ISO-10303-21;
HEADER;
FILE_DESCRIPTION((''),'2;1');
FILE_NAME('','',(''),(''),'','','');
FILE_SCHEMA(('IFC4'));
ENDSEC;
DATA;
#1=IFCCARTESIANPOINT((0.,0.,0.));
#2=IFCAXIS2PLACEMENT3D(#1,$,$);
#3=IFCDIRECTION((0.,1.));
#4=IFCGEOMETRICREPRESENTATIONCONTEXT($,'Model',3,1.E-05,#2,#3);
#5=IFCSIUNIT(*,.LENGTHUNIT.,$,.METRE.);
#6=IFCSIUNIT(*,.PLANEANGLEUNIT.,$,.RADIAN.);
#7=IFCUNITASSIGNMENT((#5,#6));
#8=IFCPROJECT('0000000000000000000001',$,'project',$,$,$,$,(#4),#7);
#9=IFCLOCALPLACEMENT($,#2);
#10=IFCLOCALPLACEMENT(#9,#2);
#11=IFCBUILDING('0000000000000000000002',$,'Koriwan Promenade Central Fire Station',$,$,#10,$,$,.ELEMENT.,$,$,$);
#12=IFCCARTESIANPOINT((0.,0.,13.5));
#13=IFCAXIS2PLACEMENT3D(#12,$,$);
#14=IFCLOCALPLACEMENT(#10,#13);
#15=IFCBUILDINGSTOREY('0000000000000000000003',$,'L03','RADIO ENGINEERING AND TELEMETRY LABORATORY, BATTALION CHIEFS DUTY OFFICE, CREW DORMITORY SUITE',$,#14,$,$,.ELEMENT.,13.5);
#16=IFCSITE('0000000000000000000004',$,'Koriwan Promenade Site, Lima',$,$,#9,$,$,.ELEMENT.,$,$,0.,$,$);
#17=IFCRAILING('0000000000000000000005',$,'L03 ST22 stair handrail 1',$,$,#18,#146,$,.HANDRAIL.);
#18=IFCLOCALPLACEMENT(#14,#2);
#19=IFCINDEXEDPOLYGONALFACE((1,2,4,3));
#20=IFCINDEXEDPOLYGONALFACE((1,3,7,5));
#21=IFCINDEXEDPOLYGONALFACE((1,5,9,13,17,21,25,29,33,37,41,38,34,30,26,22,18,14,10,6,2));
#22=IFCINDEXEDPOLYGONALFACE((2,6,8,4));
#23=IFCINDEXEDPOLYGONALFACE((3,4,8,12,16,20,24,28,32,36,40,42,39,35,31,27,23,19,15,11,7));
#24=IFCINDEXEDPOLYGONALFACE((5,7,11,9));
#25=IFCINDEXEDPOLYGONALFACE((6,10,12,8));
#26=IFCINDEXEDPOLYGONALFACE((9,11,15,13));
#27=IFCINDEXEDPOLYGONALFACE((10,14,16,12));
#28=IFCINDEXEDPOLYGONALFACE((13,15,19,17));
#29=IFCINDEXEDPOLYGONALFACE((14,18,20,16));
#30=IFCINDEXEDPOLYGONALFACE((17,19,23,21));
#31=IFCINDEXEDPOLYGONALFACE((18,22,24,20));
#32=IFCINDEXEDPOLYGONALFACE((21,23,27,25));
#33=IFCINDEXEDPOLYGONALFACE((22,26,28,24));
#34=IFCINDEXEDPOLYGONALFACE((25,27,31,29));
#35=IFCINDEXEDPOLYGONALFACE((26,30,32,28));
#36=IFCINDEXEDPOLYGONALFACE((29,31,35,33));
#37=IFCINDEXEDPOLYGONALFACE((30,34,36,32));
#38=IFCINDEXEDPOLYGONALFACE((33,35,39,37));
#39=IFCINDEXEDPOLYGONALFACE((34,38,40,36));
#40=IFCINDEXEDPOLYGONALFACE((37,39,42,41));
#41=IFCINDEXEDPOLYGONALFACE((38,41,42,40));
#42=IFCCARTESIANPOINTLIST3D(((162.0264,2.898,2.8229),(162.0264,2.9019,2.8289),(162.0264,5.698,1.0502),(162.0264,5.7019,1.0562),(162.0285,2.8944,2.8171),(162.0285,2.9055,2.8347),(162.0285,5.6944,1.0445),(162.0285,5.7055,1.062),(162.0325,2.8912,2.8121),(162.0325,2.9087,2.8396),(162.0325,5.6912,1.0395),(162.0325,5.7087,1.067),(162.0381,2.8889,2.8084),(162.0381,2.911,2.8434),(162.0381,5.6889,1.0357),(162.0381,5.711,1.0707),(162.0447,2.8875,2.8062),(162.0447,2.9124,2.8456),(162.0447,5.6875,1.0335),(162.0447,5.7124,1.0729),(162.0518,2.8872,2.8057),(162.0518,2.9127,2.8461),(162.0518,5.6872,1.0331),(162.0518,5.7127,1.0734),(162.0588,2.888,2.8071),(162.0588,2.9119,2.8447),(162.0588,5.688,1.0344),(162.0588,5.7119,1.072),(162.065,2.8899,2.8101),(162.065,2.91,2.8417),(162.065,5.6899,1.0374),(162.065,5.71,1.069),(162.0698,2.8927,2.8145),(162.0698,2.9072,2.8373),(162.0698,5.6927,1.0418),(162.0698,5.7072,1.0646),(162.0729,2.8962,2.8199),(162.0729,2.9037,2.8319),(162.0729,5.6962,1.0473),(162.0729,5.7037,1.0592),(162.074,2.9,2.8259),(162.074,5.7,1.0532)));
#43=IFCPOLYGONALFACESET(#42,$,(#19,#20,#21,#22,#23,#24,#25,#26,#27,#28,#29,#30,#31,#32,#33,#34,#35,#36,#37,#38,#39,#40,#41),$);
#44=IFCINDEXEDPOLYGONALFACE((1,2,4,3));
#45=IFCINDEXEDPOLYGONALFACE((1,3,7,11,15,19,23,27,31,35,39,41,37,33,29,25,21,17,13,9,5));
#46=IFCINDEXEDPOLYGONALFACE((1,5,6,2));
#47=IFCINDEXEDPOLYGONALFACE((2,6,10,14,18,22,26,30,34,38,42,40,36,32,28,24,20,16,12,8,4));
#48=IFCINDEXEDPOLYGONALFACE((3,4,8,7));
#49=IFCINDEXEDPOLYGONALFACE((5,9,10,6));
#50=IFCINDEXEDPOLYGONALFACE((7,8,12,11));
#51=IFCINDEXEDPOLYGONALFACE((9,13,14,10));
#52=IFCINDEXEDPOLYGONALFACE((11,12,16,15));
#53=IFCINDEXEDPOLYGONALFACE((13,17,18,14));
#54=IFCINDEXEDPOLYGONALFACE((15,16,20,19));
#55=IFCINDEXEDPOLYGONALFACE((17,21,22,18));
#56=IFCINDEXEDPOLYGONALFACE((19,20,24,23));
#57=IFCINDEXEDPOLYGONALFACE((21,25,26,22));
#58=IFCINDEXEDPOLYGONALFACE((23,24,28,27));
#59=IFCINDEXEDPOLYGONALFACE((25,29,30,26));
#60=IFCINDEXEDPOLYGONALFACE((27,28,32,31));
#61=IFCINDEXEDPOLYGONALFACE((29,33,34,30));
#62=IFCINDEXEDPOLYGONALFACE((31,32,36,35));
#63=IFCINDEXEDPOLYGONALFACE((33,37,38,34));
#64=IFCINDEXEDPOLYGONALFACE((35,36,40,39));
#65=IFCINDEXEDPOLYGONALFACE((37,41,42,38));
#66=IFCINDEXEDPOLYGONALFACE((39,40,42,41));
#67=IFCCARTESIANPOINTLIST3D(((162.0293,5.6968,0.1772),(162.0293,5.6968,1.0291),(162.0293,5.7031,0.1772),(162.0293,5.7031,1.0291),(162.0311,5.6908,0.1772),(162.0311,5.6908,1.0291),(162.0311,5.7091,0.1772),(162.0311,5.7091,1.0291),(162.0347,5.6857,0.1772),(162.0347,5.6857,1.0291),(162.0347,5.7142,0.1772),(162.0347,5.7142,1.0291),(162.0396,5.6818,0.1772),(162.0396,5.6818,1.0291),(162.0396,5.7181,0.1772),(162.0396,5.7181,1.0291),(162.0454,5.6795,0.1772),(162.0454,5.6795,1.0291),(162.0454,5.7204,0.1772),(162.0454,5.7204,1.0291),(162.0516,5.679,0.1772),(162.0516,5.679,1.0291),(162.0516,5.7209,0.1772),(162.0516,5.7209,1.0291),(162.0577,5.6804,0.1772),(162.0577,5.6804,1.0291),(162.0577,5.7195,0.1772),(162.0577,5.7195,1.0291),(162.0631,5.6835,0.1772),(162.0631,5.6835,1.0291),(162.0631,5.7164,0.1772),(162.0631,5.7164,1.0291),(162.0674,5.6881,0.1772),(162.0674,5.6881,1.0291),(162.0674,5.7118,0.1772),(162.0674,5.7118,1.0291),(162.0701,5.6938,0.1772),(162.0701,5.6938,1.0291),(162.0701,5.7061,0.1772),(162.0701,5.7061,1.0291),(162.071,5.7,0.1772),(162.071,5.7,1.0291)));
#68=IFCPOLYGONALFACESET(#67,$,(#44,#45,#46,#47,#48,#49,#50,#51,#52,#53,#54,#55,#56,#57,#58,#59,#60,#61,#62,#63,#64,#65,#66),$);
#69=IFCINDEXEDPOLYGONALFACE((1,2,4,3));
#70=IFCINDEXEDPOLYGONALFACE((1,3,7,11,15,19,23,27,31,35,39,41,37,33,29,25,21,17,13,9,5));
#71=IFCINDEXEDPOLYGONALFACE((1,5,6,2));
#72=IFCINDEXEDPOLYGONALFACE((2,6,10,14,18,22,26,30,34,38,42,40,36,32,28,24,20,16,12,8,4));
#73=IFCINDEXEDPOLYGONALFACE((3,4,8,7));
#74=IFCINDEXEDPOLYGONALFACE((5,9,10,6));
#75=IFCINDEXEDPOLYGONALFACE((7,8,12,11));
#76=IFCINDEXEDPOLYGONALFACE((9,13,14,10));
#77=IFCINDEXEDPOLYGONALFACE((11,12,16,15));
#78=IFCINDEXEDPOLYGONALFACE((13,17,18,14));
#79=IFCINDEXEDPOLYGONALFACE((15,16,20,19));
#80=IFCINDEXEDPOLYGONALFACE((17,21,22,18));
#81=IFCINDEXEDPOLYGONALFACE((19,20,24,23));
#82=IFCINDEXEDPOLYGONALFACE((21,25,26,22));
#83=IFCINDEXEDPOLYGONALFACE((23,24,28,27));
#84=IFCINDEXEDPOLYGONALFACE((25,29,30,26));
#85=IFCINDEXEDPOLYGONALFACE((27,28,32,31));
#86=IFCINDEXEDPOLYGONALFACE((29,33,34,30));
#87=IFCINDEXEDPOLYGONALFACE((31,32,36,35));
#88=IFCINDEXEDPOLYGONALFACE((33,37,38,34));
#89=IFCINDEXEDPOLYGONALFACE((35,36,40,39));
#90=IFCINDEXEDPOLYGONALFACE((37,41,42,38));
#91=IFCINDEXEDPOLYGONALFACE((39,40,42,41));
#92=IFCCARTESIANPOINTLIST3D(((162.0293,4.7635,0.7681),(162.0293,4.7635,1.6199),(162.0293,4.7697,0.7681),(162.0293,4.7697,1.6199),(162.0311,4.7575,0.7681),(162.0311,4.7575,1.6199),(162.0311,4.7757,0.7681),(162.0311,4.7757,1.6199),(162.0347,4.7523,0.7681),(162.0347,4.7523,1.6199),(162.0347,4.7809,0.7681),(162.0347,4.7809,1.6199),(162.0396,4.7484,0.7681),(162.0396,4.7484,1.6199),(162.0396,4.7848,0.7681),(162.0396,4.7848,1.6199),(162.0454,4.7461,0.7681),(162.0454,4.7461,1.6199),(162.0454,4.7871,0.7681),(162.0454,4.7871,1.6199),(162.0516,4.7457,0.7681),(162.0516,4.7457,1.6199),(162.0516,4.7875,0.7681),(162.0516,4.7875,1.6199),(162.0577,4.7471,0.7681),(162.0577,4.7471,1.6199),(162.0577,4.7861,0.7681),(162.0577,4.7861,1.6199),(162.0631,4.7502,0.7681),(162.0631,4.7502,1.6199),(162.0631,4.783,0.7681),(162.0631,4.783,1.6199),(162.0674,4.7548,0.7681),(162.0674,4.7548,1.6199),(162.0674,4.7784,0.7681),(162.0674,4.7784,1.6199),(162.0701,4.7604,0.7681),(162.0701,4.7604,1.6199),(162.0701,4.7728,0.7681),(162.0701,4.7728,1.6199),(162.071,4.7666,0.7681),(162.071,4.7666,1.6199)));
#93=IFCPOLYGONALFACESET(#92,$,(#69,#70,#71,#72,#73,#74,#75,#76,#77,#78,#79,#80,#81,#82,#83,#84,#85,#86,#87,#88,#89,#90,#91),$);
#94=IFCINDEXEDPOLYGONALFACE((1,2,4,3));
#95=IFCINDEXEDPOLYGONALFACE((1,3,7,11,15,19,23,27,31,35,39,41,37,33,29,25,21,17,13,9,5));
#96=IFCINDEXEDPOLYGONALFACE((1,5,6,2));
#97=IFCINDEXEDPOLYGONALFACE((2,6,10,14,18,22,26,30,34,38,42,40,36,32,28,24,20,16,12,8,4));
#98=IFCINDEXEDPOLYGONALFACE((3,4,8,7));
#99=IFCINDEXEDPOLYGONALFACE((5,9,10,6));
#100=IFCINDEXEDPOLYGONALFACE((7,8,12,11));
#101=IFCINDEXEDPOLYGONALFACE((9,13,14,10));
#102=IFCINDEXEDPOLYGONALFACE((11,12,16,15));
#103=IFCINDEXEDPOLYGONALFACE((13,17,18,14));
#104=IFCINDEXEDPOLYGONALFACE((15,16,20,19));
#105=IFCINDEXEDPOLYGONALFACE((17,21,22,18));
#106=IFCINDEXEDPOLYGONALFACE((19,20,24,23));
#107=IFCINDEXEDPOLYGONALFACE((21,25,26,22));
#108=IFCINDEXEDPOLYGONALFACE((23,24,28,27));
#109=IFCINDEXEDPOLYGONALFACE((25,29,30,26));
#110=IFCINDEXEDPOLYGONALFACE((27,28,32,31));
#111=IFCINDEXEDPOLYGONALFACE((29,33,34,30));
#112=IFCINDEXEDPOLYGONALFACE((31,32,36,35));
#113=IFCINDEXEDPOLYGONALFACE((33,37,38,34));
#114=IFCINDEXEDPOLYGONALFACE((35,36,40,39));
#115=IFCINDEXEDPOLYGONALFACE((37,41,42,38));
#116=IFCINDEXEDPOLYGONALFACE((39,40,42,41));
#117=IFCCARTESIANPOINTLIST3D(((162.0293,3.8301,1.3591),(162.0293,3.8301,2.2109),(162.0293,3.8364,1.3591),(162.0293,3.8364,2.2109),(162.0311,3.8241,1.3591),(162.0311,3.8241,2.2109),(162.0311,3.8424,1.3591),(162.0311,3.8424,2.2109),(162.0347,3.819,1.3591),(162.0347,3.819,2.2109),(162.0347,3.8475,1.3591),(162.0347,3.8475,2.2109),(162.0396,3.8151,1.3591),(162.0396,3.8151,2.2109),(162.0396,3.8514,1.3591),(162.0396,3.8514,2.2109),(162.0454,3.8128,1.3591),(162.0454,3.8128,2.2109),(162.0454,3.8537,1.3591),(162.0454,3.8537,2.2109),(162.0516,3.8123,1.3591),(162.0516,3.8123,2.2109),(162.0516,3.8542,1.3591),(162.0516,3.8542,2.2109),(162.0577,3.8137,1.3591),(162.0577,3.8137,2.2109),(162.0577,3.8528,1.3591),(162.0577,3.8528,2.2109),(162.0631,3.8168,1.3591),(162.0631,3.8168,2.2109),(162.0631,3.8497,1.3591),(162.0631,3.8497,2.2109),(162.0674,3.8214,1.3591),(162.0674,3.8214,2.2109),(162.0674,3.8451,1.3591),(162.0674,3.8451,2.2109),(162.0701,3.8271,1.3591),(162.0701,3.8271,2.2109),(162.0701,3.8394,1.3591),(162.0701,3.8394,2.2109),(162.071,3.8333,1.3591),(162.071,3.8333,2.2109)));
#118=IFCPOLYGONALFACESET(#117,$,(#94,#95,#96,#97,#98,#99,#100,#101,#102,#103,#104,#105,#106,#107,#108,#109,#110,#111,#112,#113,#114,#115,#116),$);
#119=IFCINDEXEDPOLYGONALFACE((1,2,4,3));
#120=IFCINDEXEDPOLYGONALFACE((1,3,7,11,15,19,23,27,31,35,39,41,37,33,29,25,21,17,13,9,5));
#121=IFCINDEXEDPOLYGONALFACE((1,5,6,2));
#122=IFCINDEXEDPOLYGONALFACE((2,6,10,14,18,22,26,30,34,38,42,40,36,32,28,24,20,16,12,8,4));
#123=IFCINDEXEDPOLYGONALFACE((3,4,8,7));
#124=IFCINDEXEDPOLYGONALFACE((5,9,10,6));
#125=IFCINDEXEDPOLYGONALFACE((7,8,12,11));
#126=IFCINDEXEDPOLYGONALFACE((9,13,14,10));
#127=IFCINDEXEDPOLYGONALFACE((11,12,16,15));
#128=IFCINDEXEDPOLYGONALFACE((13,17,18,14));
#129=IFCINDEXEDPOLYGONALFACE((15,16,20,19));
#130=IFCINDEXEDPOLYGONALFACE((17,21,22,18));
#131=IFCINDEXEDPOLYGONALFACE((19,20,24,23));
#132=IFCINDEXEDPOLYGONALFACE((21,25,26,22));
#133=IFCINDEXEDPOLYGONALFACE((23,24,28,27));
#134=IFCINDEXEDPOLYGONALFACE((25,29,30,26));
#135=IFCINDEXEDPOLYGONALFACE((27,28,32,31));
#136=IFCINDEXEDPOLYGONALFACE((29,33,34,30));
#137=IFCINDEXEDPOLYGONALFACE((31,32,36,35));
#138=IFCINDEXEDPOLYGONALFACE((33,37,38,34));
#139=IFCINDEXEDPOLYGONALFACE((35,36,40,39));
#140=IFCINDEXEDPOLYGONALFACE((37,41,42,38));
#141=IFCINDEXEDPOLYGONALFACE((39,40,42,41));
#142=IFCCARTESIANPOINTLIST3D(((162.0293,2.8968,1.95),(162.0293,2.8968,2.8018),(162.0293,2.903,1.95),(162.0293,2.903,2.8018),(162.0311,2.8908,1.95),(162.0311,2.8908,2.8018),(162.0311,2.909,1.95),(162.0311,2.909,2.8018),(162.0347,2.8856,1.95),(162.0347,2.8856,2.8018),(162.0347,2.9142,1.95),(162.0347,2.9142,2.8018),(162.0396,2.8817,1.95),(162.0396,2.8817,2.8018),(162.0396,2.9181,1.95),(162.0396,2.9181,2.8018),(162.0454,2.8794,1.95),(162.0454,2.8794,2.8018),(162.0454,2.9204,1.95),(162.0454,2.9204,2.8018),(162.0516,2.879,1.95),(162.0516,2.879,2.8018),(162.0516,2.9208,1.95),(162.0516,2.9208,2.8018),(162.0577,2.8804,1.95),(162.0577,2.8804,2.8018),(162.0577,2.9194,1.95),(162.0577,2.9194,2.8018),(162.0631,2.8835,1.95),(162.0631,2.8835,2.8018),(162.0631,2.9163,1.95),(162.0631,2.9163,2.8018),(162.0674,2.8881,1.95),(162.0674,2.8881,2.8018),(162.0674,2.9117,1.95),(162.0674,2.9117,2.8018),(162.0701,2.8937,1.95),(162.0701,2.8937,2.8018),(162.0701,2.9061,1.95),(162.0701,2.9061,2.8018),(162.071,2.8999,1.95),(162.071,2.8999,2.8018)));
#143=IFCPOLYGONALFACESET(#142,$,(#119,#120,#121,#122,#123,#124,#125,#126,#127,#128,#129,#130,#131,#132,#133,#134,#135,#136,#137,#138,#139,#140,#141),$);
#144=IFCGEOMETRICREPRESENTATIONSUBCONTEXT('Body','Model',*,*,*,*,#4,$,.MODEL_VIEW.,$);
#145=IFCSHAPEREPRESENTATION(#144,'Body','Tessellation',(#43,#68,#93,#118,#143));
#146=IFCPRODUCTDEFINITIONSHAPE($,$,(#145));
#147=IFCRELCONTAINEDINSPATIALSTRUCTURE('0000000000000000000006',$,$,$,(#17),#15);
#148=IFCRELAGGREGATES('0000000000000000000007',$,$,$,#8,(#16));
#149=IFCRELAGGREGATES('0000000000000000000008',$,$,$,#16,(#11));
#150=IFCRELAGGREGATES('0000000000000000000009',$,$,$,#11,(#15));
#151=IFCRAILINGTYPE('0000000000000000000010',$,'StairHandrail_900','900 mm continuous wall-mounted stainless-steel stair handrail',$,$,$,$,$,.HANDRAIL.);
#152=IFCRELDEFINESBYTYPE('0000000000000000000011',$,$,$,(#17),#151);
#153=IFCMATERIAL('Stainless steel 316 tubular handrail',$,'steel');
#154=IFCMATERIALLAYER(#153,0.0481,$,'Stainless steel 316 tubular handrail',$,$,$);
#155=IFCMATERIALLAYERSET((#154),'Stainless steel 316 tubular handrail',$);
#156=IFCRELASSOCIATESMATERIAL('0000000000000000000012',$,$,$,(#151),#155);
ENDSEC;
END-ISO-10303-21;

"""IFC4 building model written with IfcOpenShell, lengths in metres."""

from ifc_helpers import new_model, si_unit, direction, frame, origin, origin_2d, place, context, subcontext, project, spatial, circle, extrude, material, layer, layer_set, type_object, element, save


model = new_model("IFC4")

# Units and contexts
model_context = context("Model", 3, precision=1e-05, world=origin(), true_north=direction((0.0, 1.0)))
body_context = subcontext(model_context, "Body", "Model", "MODEL_VIEW")
ifc_project = project(units=[si_unit("LENGTHUNIT", "METRE"), si_unit("PLANEANGLEUNIT", "RADIAN")], contexts=[model_context])

# Site, building, storey
site_placement = place(None, origin())
site = spatial("IfcSite", under=ifc_project, at=site_placement, Name="Koriwan Promenade Site, Lima", CompositionType="ELEMENT", RefElevation=0.0)
building_placement = place(site_placement, origin())
building = spatial("IfcBuilding", under=site, at=building_placement, Name="Koriwan Promenade Central Fire Station", CompositionType="ELEMENT")
storey_placement = place(building_placement, frame((0.0, 0.0, 13.5)))
storey = spatial("IfcBuildingStorey", under=building, at=storey_placement, Name="L03", Description="RADIO ENGINEERING AND TELEMETRY LABORATORY, BATTALION CHIEFS DUTY OFFICE, CREW DORMITORY SUITE", CompositionType="ELEMENT", Elevation=13.5)

# Railing
ifc_material_1 = material(Name="Stainless steel 316 tubular handrail", Category="steel")
ifc_layer_1 = layer(ifc_material_1, 0.0481, Name="Stainless steel 316 tubular handrail")
ifc_layer_set_1 = layer_set([ifc_layer_1], Name="Stainless steel 316 tubular handrail")
railing_type_1 = type_object("IfcRailingType", Name="StairHandrail_900", Description="900 mm continuous wall-mounted stainless-steel stair handrail", PredefinedType="HANDRAIL", material=ifc_layer_set_1)
railing_1_placement = place(storey_placement, frame((162.05, 5.7, 0.1772)))
element("IfcRailing", 1, at=railing_1_placement, inside=storey, type_object=railing_type_1, Name="L03 ST22 stair handrail 1", PredefinedType="HANDRAIL", context=body_context, shape_type="SweptSolid", body=[
    extrude(circle(Radius=0.0239, at=origin_2d()), frame((0.0, 0.0, 0.876), z_axis=(0.0, -0.844909, 0.53491), x_axis=(1.0, 0.0, 0.0)), (0.0, 0.0, 1.0), 3.314),
    extrude(circle(Radius=0.021, at=origin_2d()), origin(), (0.0, 0.0, 1.0), 0.8518),
    extrude(circle(Radius=0.021, at=origin_2d()), frame((0.0, -0.9333, 0.5908)), (0.0, 0.0, 1.0), 0.8518),
    extrude(circle(Radius=0.021, at=origin_2d()), frame((0.0, -1.8667, 1.1819)), (0.0, 0.0, 1.0), 0.8518),
    extrude(circle(Radius=0.021, at=origin_2d()), frame((0.0, -2.8, 1.7727)), (0.0, 0.0, 1.0), 0.8518),
])

save(model, "model.ifc")
